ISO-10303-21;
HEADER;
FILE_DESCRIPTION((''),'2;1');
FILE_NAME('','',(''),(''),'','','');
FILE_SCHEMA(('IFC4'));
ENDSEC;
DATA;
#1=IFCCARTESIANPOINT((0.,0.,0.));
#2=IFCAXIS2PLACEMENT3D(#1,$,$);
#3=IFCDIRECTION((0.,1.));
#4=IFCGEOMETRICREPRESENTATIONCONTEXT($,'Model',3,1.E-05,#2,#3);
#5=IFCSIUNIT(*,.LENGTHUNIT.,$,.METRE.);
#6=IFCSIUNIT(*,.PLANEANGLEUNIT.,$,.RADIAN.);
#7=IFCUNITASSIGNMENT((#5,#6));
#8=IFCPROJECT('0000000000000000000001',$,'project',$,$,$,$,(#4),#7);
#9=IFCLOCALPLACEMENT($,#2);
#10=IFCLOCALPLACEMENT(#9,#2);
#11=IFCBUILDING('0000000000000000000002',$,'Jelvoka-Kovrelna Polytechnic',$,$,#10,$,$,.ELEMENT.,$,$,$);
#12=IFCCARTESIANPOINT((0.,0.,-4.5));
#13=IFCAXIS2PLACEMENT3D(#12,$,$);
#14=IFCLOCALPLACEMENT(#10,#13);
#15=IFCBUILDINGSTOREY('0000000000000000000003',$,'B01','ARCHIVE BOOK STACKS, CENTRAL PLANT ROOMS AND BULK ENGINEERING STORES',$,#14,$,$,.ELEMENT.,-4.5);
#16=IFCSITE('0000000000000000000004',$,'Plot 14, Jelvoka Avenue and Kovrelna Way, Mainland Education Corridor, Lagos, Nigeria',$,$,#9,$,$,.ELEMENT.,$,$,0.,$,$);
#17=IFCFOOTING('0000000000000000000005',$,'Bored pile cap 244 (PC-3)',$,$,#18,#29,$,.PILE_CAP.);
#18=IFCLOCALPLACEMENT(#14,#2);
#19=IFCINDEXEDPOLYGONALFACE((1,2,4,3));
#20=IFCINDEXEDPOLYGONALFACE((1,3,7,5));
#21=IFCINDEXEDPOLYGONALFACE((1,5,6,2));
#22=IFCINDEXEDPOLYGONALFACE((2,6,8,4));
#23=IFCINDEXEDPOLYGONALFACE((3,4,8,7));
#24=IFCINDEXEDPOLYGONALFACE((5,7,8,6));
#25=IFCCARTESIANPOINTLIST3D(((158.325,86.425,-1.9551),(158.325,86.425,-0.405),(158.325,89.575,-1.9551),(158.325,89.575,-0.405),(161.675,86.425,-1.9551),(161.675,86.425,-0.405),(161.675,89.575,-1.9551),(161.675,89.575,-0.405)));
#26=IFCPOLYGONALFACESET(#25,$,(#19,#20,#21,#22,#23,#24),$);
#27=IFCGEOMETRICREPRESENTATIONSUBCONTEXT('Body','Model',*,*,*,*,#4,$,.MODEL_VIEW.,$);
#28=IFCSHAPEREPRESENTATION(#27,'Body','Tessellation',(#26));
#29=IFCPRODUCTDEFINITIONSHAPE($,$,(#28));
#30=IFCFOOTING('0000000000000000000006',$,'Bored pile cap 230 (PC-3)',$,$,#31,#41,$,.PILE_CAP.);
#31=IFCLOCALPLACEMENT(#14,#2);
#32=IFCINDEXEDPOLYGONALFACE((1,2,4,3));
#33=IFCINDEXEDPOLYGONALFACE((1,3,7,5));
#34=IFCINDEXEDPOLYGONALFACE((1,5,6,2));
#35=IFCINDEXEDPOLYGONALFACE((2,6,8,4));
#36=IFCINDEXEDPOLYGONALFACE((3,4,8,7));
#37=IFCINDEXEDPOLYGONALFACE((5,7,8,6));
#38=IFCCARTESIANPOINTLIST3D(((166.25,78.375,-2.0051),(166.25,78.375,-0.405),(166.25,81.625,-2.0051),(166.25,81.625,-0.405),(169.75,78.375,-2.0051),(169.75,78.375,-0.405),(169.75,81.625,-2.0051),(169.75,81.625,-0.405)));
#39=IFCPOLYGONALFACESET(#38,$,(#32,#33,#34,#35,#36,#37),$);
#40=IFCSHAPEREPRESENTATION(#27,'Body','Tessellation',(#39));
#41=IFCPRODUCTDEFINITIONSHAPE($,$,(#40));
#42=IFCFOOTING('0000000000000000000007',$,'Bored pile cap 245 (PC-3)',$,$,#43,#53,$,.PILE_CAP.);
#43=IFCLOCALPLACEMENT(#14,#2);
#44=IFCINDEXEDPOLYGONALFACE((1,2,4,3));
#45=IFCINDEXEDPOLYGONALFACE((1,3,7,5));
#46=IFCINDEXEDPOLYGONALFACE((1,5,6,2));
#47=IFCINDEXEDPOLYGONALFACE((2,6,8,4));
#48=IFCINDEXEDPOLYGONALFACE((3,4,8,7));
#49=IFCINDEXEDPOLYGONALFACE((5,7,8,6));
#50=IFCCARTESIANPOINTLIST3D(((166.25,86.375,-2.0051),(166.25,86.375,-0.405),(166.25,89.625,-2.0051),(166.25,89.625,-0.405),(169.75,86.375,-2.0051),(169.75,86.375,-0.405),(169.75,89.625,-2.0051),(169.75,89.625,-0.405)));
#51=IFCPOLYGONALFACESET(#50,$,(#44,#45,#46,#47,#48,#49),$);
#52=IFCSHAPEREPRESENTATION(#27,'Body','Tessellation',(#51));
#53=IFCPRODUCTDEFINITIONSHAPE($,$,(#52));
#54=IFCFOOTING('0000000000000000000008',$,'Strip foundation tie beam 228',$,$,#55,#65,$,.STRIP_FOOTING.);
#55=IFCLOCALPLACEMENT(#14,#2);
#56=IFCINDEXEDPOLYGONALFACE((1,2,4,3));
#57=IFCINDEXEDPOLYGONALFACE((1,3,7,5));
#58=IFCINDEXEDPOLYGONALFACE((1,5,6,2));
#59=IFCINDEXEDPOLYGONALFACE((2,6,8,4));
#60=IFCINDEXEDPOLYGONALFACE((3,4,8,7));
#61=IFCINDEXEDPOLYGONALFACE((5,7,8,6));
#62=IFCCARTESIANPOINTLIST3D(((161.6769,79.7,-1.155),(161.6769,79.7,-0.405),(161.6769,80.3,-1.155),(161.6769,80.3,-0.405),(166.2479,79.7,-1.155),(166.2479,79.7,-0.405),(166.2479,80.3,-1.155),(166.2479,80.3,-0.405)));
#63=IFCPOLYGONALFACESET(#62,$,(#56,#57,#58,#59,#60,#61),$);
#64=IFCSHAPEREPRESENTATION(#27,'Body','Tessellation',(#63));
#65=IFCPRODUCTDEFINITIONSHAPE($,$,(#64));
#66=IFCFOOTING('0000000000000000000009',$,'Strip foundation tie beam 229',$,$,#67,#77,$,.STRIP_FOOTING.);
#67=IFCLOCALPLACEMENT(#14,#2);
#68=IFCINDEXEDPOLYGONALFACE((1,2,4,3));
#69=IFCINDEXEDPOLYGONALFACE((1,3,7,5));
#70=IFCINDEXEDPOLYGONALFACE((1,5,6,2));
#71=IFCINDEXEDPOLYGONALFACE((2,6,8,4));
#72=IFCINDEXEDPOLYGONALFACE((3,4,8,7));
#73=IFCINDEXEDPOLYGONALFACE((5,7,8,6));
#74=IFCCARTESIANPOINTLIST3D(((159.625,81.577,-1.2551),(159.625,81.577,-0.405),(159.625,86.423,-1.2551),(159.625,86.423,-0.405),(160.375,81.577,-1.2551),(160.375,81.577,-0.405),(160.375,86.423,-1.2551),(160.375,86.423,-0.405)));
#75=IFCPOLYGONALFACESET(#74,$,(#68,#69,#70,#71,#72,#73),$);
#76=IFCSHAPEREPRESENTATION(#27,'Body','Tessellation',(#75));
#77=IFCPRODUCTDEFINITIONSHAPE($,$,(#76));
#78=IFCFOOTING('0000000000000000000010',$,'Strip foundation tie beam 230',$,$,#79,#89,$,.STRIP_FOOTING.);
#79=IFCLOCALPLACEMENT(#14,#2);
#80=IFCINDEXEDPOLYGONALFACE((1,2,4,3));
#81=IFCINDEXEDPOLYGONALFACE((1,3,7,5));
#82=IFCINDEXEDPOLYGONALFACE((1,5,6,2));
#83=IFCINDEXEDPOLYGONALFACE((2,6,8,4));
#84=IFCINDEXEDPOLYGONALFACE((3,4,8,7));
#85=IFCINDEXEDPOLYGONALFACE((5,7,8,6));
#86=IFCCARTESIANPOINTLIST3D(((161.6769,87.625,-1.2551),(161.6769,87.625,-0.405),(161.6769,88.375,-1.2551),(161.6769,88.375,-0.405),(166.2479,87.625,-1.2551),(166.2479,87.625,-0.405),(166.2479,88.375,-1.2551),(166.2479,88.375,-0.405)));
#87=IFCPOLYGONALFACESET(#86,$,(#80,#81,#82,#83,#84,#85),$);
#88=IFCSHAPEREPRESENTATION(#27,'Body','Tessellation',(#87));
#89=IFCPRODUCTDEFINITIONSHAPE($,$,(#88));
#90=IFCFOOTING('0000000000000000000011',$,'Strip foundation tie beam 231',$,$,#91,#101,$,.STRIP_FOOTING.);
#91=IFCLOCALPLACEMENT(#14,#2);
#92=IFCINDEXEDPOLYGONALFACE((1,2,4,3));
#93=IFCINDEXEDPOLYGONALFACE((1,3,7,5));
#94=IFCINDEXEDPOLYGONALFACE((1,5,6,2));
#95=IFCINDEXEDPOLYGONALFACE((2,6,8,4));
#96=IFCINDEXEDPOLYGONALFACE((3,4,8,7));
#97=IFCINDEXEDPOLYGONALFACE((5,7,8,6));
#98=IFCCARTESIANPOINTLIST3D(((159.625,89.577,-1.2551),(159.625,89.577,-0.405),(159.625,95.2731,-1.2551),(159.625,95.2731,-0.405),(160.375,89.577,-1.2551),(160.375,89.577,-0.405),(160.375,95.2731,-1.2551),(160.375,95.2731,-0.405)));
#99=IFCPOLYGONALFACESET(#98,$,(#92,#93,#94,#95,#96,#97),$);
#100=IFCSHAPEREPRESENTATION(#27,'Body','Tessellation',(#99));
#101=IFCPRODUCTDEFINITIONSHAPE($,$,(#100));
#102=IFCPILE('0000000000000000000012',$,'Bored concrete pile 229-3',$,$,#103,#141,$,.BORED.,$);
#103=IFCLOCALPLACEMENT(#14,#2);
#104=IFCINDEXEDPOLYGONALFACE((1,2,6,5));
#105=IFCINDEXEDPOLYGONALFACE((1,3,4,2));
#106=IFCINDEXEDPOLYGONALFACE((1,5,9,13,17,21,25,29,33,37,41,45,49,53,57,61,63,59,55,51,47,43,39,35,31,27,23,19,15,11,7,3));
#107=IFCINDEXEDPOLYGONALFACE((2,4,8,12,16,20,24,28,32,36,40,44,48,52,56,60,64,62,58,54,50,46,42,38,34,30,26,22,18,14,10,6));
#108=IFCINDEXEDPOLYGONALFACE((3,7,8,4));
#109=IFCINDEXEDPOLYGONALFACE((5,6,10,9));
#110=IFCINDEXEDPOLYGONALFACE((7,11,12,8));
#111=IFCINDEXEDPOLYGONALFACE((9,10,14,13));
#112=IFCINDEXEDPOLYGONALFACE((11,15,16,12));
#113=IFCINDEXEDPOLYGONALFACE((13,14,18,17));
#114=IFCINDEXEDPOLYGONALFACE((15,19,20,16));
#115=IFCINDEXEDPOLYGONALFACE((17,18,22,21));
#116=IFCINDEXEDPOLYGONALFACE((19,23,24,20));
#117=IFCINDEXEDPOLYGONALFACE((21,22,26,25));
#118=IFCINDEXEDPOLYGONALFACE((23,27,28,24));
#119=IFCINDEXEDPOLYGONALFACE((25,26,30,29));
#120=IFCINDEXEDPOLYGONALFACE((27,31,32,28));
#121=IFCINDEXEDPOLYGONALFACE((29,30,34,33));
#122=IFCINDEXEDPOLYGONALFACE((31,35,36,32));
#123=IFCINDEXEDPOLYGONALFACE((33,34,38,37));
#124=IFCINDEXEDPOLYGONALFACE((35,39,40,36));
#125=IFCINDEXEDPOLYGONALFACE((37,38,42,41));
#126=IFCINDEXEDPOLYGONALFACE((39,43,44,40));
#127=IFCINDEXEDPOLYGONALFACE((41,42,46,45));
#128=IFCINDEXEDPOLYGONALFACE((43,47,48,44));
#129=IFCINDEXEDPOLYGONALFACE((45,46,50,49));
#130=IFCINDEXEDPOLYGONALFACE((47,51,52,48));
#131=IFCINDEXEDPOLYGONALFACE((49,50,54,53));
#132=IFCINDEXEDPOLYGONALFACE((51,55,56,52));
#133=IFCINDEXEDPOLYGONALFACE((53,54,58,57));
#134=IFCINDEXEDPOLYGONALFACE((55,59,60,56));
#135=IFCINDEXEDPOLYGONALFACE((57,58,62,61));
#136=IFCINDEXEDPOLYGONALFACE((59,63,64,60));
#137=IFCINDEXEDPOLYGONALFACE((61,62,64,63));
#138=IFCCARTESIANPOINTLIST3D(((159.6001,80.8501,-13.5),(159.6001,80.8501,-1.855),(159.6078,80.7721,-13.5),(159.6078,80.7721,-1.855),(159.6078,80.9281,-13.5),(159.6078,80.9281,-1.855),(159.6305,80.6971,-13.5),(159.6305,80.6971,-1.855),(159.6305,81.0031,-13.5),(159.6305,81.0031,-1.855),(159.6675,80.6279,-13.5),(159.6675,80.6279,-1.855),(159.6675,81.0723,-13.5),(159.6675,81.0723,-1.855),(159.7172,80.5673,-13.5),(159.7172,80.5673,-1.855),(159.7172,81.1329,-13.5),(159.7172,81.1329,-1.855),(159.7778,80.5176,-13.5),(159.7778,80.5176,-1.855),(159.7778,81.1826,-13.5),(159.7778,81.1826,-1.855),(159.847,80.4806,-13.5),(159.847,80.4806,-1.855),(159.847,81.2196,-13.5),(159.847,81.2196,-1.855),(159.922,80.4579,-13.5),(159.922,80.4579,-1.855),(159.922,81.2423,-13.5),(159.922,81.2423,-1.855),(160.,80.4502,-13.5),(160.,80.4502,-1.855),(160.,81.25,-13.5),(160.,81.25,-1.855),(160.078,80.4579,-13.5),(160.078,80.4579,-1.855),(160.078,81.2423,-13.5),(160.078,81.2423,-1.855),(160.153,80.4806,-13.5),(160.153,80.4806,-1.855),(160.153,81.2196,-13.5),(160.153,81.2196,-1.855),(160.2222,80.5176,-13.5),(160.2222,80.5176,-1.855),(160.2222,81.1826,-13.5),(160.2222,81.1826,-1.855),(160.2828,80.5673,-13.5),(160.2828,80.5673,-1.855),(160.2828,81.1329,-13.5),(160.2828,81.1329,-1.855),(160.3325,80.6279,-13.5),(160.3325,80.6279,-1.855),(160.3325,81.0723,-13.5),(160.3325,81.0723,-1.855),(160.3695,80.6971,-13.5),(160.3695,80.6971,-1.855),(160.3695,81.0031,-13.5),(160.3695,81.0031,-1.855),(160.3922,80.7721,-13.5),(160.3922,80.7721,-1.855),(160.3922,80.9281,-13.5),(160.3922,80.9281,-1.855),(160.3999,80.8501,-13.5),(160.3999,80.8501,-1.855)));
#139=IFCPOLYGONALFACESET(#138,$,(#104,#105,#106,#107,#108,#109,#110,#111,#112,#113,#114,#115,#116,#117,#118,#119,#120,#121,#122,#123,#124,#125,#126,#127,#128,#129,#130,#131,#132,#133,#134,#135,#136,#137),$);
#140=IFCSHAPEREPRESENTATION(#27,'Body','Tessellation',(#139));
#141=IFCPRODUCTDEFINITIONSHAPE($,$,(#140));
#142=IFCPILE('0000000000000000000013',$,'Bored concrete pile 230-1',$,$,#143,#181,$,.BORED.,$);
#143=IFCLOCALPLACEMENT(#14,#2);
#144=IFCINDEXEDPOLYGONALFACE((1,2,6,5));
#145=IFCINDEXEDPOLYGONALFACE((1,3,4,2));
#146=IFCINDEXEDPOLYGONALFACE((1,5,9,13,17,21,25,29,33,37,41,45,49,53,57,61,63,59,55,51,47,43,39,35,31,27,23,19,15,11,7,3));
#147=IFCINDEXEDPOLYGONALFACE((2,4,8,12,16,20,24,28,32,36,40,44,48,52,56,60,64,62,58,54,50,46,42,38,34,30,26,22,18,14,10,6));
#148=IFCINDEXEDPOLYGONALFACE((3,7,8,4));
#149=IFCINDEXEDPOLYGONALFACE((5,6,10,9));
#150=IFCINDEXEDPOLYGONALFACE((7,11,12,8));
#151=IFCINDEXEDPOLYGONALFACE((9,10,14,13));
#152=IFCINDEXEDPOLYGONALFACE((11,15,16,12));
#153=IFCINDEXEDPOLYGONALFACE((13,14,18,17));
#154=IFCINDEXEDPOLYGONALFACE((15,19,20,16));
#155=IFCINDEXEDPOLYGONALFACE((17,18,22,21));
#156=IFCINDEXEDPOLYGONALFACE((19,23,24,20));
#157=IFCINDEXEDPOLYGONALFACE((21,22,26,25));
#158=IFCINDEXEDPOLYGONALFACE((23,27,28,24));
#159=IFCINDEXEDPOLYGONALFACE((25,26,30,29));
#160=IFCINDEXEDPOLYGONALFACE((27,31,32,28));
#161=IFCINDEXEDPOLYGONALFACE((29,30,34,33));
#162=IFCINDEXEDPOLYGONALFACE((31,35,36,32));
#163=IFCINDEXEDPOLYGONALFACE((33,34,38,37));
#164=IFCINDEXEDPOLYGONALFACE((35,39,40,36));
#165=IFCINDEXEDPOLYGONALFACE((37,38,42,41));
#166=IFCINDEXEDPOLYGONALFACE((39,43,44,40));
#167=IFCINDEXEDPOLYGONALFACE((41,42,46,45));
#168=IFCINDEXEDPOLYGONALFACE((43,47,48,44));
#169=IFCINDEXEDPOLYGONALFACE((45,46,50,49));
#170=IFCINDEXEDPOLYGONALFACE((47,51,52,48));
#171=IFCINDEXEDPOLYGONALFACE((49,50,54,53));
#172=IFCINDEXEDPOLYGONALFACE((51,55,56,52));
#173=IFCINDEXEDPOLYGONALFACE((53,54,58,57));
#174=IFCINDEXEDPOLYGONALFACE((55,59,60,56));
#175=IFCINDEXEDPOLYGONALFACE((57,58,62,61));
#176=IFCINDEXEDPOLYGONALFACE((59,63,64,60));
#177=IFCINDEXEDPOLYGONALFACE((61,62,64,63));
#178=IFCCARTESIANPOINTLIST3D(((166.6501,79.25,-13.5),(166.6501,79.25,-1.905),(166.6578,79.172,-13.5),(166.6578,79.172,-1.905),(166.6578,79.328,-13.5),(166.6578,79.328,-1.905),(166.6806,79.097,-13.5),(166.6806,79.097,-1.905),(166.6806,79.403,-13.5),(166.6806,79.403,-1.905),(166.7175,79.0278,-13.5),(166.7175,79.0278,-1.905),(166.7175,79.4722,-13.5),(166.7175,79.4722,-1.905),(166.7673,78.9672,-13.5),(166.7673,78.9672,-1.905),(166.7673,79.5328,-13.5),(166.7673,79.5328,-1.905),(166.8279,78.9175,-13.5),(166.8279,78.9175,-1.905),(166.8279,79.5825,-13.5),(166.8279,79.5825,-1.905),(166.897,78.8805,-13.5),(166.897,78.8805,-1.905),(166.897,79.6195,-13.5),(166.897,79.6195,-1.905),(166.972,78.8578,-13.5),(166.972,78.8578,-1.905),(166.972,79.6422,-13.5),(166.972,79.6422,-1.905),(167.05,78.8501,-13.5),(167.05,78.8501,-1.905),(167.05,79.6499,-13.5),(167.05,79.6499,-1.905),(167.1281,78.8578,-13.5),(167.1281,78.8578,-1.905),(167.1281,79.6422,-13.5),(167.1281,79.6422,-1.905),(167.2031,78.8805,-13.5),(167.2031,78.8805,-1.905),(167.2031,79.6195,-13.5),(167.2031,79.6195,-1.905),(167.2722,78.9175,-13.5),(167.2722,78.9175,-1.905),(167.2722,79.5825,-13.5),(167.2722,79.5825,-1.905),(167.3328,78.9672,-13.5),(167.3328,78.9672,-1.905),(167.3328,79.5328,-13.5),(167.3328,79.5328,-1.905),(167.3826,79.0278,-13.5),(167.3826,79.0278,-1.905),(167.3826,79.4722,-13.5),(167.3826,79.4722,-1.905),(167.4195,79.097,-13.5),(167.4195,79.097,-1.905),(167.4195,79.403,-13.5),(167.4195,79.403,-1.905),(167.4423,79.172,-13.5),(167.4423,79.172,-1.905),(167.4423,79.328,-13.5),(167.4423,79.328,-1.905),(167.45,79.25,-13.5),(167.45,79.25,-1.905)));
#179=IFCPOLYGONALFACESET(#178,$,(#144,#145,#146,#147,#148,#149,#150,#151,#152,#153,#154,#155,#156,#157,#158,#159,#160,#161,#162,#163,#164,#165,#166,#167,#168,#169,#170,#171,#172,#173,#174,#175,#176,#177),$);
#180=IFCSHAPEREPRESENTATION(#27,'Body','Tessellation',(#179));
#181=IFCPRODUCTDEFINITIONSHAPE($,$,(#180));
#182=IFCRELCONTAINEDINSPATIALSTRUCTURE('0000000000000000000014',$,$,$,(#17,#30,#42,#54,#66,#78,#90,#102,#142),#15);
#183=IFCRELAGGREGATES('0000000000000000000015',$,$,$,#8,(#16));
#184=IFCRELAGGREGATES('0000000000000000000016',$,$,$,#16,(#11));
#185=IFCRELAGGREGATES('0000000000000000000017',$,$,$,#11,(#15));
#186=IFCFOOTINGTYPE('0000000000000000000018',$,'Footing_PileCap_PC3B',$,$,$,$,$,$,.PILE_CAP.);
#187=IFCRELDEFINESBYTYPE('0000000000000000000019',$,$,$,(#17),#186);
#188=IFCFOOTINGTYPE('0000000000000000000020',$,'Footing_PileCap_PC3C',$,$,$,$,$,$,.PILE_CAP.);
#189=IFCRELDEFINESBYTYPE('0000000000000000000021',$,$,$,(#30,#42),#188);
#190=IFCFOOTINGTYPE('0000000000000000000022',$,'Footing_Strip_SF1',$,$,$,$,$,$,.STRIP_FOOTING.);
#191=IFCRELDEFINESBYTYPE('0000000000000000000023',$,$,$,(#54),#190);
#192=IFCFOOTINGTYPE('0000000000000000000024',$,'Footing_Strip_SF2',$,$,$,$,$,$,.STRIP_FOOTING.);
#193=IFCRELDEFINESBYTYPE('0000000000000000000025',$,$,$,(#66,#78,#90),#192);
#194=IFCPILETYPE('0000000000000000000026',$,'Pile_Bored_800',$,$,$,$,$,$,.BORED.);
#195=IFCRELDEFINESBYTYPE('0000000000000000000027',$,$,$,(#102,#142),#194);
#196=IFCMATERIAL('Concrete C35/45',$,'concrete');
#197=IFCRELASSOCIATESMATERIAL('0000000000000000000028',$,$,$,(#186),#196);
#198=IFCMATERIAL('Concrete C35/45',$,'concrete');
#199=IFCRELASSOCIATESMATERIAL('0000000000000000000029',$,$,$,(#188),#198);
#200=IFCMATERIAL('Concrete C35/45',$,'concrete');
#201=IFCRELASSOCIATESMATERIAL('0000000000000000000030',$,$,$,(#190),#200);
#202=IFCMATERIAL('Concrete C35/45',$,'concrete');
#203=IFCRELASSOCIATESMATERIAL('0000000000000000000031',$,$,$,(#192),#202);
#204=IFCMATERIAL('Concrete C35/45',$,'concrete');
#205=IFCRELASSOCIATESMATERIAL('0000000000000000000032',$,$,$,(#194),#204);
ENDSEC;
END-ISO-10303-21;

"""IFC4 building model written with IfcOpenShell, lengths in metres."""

from ifc_helpers import new_model, si_unit, direction, frame, origin, origin_2d, place, context, subcontext, project, spatial, rectangle, circle, extrude, material, material_profile, profile_set, type_object, element, save


model = new_model("IFC4")

# Units and contexts
model_context = context("Model", 3, precision=1e-05, world=origin(), true_north=direction((0.0, 1.0)))
body_context = subcontext(model_context, "Body", "Model", "MODEL_VIEW")
ifc_project = project(units=[si_unit("LENGTHUNIT", "METRE"), si_unit("PLANEANGLEUNIT", "RADIAN")], contexts=[model_context])

# Site, building, storey
site_placement = place(None, origin())
site = spatial("IfcSite", under=ifc_project, at=site_placement, Name="Plot 14, Jelvoka Avenue and Kovrelna Way, Mainland Education Corridor, Lagos, Nigeria", CompositionType="ELEMENT", RefElevation=0.0)
building_placement = place(site_placement, origin())
building = spatial("IfcBuilding", under=site, at=building_placement, Name="Jelvoka-Kovrelna Polytechnic", CompositionType="ELEMENT")
storey_placement = place(building_placement, frame((0.0, 0.0, -4.5)))
storey = spatial("IfcBuildingStorey", under=building, at=storey_placement, Name="B01", Description="ARCHIVE BOOK STACKS, CENTRAL PLANT ROOMS AND BULK ENGINEERING STORES", CompositionType="ELEMENT", Elevation=-4.5)

# Footings
ifc_material_1 = material(Name="Concrete C35/45", Category="concrete")
footing_type_1 = type_object("IfcFootingType", Name="Footing_PileCap_PC3B", PredefinedType="PILE_CAP", material=ifc_material_1)
footing_1_placement = place(storey_placement, frame((160.0, 88.0, -1.9551), z_axis=(0.0, 0.0, 1.0), x_axis=(1.0, 0.0, 0.0)))
element("IfcFooting", 1, at=footing_1_placement, inside=storey, type_object=footing_type_1, Name="Bored pile cap 244 (PC-3)", PredefinedType="PILE_CAP", context=body_context, shape_type="SweptSolid", body=[
    extrude(rectangle(XDim=3.3501, YDim=3.1499, at=origin_2d()), origin(), (0.0, 0.0, 1.0), 1.55),
])
ifc_material_2 = material(Name="Concrete C35/45", Category="concrete")
footing_type_2 = type_object("IfcFootingType", Name="Footing_PileCap_PC3C", PredefinedType="PILE_CAP", material=ifc_material_2)
for number, where, z_axis, x_axis, name in (
    (2, (168.0, 80.0, -2.0051), (0.0, 0.0, 1.0), (1.0, 0.0, 0.0), "Bored pile cap 230 (PC-3)"),
    (3, (168.0, 88.0, -2.0051), (0.0, 0.0, 1.0), (1.0, 0.0, 0.0), "Bored pile cap 245 (PC-3)"),
):
    element("IfcFooting", number, at=place(storey_placement, frame(where, z_axis=z_axis, x_axis=x_axis)), inside=storey, type_object=footing_type_2, Name=name, PredefinedType="PILE_CAP", context=body_context, shape_type="SweptSolid", body=[
        extrude(rectangle(XDim=3.5, YDim=3.25, at=origin_2d()), origin(), (0.0, 0.0, 1.0), 1.6001),
    ])
ifc_material_3 = material(Name="Concrete C35/45", Category="concrete")
footing_type_3 = type_object("IfcFootingType", Name="Footing_Strip_SF1", PredefinedType="STRIP_FOOTING", material=ifc_material_3)
footing_2_placement = place(storey_placement, frame((163.9624, 80.0, -1.155), z_axis=(0.0, 0.0, 1.0), x_axis=(1.0, 0.0, 0.0)))
element("IfcFooting", 4, at=footing_2_placement, inside=storey, type_object=footing_type_3, Name="Strip foundation tie beam 228", PredefinedType="STRIP_FOOTING", context=body_context, shape_type="SweptSolid", body=[
    extrude(rectangle(XDim=4.571, YDim=0.6001, at=origin_2d()), origin(), (0.0, 0.0, 1.0), 0.75),
])
ifc_material_4 = material(Name="Concrete C35/45", Category="concrete")
footing_type_4 = type_object("IfcFootingType", Name="Footing_Strip_SF2", PredefinedType="STRIP_FOOTING", material=ifc_material_4)
footing_3_placement = place(storey_placement, frame((160.0, 84.0, -1.2551), z_axis=(0.0, 0.0, 1.0), x_axis=(0.0, 1.0, 0.0)))
element("IfcFooting", 5, at=footing_3_placement, inside=storey, type_object=footing_type_4, Name="Strip foundation tie beam 229", PredefinedType="STRIP_FOOTING", context=body_context, shape_type="SweptSolid", body=[
    extrude(rectangle(XDim=4.8459, YDim=0.75, at=origin_2d()), origin(), (0.0, 0.0, 1.0), 0.8501),
])
footing_4_placement = place(storey_placement, frame((163.9624, 88.0, -1.2551), z_axis=(0.0, 0.0, 1.0), x_axis=(1.0, 0.0, 0.0)))
element("IfcFooting", 6, at=footing_4_placement, inside=storey, type_object=footing_type_4, Name="Strip foundation tie beam 230", PredefinedType="STRIP_FOOTING", context=body_context, shape_type="SweptSolid", body=[
    extrude(rectangle(XDim=4.571, YDim=0.75, at=origin_2d()), origin(), (0.0, 0.0, 1.0), 0.8501),
])
footing_5_placement = place(storey_placement, frame((160.0, 92.425, -1.2551), z_axis=(0.0, 0.0, 1.0), x_axis=(0.0, 1.0, 0.0)))
element("IfcFooting", 7, at=footing_5_placement, inside=storey, type_object=footing_type_4, Name="Strip foundation tie beam 231", PredefinedType="STRIP_FOOTING", context=body_context, shape_type="SweptSolid", body=[
    extrude(rectangle(XDim=5.696, YDim=0.75, at=origin_2d()), origin(), (0.0, 0.0, 1.0), 0.8501),
])

# Piles
ifc_material_5 = material(Name="Concrete C35/45", Category="concrete")
ifc_material_profile_1 = material_profile(ifc_material_5, circle(Radius=0.3999, at=origin_2d()), Name="PILE D800")
ifc_profile_set_1 = profile_set([ifc_material_profile_1], Name="Concrete C35/45")
pile_type = type_object("IfcPileType", Name="Pile_Bored_800", PredefinedType="BORED", material=ifc_profile_set_1)
pile_placement = place(storey_placement, frame((160.0, 80.8501, -1.855), z_axis=(0.0, 0.0, -1.0), x_axis=(1.0, 0.0, 0.0)))
element("IfcPile", 8, at=pile_placement, inside=storey, type_object=pile_type, Name="Bored concrete pile 229-3", PredefinedType="BORED", context=body_context, shape_type="SweptSolid", body=[
    extrude(circle(Radius=0.3999, at=origin_2d()), origin(), (0.0, 0.0, 1.0), 11.645),
])
for number, where, z_axis, x_axis, name in (
    (9, (167.05, 79.25, -1.905), (0.0, 0.0, -1.0), (1.0, 0.0, 0.0), "Bored concrete pile 230-1"),
):
    element("IfcPile", number, at=place(storey_placement, frame(where, z_axis=z_axis, x_axis=x_axis)), inside=storey, type_object=pile_type, Name=name, PredefinedType="BORED", context=body_context, shape_type="SweptSolid", body=[
        extrude(circle(Radius=0.3999, at=origin_2d()), origin(), (0.0, 0.0, 1.0), 11.595),
    ])

save(model, "model.ifc")
